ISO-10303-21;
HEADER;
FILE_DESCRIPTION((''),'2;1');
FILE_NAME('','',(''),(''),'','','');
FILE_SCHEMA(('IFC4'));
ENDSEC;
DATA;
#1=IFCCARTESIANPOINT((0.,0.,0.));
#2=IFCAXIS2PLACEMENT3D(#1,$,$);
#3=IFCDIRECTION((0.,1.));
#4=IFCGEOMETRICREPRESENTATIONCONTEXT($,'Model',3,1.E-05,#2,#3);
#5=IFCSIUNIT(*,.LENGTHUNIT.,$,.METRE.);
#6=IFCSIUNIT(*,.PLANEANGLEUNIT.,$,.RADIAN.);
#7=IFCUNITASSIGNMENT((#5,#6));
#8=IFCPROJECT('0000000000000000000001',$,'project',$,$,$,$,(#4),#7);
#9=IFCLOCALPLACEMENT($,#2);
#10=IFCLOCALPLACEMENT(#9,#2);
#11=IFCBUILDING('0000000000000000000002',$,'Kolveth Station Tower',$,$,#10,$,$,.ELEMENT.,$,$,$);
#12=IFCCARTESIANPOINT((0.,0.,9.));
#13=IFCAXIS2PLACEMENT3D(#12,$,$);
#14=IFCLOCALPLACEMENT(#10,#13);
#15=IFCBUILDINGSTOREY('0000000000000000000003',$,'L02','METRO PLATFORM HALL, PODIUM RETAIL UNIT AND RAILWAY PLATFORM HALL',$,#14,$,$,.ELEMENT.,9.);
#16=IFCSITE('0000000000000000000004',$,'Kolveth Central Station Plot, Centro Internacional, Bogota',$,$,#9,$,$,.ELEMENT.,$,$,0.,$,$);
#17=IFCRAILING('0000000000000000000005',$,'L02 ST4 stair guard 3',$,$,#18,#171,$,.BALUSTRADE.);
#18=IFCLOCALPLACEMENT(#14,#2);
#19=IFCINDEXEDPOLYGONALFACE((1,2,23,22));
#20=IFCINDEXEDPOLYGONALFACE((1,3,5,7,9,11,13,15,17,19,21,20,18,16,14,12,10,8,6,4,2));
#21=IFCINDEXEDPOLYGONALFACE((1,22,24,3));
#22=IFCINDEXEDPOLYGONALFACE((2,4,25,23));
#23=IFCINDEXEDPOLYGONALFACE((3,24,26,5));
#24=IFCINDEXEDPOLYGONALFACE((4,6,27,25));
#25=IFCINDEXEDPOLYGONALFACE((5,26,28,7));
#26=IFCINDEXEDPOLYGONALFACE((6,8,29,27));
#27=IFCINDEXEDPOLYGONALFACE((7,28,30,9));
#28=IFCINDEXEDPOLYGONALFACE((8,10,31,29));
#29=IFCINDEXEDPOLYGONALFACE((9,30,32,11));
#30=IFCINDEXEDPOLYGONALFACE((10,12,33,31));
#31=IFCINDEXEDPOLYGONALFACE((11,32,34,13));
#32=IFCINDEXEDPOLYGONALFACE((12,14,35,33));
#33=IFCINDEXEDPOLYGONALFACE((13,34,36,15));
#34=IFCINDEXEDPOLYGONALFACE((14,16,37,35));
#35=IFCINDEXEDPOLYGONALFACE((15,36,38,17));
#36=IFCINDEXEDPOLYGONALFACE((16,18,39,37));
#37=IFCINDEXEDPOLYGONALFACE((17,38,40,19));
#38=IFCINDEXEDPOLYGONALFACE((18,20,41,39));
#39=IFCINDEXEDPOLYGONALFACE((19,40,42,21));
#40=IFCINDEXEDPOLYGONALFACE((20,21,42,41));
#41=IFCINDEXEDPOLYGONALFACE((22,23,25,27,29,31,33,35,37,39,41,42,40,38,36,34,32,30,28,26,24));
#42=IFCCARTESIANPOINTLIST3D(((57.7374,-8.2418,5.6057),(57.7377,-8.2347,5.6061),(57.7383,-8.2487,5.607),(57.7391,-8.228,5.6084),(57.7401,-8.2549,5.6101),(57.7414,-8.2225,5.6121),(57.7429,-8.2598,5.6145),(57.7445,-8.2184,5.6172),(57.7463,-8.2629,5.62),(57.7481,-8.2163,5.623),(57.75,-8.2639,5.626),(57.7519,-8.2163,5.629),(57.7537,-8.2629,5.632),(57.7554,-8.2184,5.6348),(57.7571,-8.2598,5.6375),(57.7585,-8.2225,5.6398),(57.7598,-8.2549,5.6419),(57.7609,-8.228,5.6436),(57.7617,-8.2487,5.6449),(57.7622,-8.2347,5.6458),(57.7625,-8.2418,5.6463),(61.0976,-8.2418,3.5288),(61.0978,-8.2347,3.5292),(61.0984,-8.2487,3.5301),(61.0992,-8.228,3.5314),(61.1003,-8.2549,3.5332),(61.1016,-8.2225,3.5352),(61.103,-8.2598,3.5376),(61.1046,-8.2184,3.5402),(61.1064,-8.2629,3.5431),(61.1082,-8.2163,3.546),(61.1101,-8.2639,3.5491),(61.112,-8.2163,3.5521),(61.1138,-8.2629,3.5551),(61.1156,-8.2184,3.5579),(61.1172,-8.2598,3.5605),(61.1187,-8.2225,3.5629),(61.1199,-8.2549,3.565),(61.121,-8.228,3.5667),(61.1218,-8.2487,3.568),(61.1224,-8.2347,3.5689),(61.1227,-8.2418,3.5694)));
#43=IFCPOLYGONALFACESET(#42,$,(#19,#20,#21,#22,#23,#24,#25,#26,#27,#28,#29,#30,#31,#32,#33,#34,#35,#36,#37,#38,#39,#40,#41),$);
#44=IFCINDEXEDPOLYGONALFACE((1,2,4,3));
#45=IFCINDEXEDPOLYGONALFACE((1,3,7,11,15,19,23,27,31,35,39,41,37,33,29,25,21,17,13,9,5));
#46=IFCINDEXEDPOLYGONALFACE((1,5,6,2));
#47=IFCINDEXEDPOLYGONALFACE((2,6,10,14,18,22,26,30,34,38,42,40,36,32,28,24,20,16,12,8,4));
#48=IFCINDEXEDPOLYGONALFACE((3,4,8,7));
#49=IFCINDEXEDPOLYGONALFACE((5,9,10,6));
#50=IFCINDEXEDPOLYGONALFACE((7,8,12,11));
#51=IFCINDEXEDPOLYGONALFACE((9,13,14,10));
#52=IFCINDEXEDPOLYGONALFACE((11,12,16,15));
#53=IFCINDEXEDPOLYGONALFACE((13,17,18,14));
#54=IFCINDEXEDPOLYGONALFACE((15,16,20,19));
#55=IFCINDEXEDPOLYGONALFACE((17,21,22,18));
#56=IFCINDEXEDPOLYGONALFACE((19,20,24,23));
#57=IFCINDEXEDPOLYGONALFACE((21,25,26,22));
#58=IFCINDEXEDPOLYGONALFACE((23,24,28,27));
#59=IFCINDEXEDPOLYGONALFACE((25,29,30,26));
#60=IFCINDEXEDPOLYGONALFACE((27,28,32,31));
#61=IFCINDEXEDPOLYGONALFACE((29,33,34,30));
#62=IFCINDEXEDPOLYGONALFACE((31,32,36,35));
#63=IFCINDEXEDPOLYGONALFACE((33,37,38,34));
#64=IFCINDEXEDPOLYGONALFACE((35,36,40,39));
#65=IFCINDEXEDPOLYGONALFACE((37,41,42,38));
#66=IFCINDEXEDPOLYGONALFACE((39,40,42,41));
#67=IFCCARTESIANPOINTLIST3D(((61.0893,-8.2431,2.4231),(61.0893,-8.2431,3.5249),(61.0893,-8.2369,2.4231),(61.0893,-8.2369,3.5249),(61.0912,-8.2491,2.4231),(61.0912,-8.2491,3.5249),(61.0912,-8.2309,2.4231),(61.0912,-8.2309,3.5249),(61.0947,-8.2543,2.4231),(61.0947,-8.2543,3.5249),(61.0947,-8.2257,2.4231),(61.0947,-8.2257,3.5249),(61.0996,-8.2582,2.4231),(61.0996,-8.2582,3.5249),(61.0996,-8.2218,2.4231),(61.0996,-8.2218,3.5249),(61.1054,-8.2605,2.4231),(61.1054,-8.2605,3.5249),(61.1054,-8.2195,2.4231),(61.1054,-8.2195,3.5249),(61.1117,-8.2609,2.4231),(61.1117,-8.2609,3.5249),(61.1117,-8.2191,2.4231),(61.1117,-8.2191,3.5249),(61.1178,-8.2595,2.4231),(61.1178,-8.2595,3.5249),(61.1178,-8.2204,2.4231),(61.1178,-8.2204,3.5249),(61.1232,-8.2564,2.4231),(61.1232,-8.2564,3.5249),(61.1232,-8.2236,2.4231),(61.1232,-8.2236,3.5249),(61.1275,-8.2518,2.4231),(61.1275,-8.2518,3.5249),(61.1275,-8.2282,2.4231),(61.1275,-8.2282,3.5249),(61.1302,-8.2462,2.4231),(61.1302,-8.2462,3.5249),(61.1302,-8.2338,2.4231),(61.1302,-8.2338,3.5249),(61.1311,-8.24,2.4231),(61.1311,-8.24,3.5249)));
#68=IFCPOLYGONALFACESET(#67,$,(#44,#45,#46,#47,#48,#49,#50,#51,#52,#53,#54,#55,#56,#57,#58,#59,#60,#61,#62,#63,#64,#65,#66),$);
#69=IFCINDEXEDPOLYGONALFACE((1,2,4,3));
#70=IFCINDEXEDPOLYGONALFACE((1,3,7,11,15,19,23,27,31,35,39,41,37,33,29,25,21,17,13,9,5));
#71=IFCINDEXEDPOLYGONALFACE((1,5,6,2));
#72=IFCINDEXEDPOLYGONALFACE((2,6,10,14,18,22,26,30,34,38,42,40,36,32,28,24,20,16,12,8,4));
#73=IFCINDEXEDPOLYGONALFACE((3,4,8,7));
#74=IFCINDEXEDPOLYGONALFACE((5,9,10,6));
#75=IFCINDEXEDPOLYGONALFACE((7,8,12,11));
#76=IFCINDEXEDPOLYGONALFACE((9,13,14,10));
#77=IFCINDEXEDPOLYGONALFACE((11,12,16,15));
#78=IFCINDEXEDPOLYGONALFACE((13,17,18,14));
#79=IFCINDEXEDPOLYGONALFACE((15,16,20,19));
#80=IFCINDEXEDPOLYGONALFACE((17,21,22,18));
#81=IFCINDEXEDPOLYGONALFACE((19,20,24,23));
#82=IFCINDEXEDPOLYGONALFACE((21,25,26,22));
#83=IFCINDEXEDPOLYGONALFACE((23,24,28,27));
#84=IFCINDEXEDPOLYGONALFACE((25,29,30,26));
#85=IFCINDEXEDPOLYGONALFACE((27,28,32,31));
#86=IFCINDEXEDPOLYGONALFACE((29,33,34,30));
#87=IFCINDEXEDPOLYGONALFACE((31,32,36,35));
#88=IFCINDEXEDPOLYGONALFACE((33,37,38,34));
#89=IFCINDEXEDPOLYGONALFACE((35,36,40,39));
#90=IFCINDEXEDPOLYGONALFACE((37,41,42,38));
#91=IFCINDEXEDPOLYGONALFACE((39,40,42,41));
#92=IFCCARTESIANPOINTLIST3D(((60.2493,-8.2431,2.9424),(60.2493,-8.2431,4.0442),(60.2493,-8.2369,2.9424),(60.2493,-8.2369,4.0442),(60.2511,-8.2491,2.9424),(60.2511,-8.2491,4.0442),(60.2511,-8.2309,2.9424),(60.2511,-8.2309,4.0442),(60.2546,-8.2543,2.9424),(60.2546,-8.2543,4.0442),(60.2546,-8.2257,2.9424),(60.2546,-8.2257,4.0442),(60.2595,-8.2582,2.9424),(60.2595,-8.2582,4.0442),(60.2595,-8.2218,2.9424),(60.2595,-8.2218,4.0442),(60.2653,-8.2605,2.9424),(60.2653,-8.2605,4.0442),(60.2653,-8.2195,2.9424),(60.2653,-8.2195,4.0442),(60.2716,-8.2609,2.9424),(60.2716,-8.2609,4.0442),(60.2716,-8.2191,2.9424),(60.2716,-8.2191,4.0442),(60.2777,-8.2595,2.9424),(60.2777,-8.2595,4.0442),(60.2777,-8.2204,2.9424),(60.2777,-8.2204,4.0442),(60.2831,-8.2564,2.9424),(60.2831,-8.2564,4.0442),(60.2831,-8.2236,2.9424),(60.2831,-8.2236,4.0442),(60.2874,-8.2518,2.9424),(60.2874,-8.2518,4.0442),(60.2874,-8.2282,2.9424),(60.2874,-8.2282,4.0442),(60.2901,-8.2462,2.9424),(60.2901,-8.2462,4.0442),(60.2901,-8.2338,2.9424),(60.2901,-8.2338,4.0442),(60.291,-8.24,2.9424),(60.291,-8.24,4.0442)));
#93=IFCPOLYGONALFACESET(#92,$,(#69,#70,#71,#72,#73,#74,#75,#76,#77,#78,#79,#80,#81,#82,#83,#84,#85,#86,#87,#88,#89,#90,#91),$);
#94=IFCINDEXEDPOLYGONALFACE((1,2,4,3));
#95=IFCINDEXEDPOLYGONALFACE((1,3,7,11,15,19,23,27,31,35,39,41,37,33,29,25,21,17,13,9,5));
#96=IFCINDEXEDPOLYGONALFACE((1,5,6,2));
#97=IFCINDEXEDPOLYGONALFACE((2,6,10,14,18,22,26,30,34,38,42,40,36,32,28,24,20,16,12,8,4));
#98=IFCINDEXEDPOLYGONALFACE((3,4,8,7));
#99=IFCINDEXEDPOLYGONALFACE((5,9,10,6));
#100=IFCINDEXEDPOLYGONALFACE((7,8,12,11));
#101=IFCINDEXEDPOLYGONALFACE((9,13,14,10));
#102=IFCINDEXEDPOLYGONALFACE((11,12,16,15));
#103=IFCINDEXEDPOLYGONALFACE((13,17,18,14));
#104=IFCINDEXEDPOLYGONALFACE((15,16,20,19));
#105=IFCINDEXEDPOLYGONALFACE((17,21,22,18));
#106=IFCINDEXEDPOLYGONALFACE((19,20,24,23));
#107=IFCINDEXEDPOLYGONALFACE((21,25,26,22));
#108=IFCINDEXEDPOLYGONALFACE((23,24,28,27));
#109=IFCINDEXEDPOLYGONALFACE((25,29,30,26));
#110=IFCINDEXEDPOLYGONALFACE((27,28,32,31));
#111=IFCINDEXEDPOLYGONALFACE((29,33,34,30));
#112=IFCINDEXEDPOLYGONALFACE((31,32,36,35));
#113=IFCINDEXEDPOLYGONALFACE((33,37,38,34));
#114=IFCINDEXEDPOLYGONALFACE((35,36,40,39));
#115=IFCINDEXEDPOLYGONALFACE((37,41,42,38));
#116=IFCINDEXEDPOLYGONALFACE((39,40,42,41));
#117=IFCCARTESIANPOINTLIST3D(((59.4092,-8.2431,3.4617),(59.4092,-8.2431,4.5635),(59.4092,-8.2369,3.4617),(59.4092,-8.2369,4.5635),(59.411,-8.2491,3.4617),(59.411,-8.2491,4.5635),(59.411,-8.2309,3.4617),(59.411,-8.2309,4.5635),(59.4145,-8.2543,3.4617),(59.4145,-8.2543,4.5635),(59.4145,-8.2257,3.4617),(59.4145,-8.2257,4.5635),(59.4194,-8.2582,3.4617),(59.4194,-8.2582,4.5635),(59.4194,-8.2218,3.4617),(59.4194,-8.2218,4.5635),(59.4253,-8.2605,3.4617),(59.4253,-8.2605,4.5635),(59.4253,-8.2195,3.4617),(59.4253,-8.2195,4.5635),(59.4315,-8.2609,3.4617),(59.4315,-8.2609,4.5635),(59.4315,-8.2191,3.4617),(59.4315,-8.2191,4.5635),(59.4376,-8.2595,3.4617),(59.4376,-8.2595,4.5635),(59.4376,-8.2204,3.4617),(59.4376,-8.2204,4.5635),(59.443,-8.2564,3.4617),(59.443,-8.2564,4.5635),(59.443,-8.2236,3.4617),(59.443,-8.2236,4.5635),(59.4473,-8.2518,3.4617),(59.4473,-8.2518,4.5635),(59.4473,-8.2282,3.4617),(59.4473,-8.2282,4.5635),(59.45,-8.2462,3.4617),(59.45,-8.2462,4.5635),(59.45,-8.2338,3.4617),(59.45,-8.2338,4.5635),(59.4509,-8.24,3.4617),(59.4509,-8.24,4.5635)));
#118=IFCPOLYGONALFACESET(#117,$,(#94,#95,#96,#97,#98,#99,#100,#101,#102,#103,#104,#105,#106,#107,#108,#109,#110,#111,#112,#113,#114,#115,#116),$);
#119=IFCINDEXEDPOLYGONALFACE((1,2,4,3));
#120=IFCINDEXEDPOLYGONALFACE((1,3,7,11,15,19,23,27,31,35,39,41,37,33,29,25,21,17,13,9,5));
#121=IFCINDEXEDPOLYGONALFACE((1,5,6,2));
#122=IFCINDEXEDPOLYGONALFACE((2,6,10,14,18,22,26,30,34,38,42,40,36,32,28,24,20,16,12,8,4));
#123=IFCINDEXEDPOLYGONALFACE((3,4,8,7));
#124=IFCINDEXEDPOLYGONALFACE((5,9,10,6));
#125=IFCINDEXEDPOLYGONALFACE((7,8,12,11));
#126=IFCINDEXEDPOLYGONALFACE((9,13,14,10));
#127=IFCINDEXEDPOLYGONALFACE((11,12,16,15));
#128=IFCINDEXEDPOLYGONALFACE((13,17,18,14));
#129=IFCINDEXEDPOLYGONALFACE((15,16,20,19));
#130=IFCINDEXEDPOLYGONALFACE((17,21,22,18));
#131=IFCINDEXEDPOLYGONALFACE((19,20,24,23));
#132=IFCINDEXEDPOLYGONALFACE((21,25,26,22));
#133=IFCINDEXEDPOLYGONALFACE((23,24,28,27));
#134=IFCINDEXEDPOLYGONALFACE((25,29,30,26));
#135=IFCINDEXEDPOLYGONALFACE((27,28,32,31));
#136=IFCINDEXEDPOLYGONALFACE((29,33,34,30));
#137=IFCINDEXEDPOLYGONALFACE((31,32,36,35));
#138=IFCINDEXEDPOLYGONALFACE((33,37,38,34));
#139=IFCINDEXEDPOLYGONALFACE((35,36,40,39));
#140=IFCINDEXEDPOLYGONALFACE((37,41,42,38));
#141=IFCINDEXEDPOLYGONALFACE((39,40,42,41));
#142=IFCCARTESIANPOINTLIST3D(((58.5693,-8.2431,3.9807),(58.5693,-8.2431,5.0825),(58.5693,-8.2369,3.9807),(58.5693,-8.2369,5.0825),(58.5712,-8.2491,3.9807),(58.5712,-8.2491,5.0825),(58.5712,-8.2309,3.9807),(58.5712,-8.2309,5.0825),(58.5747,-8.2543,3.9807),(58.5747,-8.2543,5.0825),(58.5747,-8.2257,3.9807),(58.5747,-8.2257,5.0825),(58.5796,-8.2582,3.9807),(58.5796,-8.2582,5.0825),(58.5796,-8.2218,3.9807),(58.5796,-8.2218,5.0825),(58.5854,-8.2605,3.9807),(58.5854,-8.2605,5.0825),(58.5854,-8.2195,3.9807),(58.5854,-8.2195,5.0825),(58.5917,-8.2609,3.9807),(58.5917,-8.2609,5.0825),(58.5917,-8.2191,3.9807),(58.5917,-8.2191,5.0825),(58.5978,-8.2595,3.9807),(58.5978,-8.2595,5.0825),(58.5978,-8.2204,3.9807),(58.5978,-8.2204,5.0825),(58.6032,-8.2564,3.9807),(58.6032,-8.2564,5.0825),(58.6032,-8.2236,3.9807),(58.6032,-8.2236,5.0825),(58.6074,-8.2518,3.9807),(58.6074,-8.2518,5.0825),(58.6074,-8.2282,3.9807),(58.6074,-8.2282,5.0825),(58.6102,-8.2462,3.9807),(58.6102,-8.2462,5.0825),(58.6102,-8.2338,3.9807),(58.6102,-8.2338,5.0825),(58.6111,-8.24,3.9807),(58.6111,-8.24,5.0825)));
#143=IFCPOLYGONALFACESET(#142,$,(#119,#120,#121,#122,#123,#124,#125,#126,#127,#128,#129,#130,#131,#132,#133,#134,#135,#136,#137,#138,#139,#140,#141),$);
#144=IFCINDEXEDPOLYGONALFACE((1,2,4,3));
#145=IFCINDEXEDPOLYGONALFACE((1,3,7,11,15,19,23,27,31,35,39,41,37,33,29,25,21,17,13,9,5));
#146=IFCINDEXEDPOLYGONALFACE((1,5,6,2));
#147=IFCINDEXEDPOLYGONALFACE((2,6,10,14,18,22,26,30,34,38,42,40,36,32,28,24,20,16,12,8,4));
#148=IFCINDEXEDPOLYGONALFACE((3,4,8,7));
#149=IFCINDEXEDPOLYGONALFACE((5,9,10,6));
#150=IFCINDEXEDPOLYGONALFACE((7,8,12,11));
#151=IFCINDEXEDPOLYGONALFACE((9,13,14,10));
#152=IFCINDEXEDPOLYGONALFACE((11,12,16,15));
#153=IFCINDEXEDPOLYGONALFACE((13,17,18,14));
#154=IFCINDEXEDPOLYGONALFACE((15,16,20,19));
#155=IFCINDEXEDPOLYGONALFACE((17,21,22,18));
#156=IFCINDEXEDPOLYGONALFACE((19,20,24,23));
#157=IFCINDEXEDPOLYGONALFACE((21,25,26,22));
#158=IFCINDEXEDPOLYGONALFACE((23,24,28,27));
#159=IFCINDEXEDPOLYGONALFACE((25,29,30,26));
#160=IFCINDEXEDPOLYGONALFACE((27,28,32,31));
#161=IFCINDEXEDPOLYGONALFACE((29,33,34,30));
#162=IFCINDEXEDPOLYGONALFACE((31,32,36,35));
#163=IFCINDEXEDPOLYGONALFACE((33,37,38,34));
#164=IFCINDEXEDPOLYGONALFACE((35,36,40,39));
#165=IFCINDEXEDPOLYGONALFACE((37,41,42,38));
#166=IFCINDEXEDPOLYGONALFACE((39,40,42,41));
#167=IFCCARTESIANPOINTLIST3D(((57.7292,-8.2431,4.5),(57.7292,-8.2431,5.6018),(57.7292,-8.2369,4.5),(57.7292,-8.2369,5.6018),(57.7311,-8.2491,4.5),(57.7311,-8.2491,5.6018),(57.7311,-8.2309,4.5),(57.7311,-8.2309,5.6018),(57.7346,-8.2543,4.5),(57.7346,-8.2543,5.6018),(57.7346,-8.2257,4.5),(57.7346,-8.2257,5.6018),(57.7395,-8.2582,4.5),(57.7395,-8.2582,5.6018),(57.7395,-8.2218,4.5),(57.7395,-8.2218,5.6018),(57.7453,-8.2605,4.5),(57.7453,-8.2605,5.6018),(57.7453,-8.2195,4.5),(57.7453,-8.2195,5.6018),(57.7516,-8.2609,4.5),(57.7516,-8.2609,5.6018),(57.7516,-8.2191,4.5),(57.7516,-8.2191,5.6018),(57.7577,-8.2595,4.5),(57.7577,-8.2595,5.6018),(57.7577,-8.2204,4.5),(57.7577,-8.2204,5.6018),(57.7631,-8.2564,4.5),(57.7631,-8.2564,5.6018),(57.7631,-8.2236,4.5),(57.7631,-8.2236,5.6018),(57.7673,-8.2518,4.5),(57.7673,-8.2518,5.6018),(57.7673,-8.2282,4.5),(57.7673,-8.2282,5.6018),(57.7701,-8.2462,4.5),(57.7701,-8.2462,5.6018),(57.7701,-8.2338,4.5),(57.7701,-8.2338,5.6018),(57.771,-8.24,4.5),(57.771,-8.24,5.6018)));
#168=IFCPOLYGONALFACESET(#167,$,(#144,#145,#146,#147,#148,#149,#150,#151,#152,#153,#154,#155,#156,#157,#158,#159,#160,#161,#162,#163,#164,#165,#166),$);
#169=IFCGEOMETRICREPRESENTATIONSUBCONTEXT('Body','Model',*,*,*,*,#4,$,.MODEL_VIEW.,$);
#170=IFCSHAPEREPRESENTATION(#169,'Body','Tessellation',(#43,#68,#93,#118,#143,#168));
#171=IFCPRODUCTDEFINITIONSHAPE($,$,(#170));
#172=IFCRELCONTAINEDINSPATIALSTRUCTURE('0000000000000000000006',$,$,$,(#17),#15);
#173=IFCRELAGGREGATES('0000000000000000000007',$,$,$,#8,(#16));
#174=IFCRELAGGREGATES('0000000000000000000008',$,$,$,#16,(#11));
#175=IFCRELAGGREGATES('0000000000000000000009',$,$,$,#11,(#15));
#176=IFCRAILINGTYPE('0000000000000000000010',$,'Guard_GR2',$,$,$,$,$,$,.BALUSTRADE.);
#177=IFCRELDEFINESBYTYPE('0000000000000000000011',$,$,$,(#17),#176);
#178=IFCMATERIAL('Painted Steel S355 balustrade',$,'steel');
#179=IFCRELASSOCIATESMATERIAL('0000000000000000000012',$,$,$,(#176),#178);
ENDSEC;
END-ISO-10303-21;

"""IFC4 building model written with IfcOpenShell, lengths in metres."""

from ifc_helpers import new_model, si_unit, direction, frame, origin, origin_2d, place, context, subcontext, project, spatial, circle, extrude, material, type_object, element, save


model = new_model("IFC4")

# Units and contexts
model_context = context("Model", 3, precision=1e-05, world=origin(), true_north=direction((0.0, 1.0)))
body_context = subcontext(model_context, "Body", "Model", "MODEL_VIEW")
ifc_project = project(units=[si_unit("LENGTHUNIT", "METRE"), si_unit("PLANEANGLEUNIT", "RADIAN")], contexts=[model_context])

# Site, building, storey
site_placement = place(None, origin())
site = spatial("IfcSite", under=ifc_project, at=site_placement, Name="Kolveth Central Station Plot, Centro Internacional, Bogota", CompositionType="ELEMENT", RefElevation=0.0)
building_placement = place(site_placement, origin())
building = spatial("IfcBuilding", under=site, at=building_placement, Name="Kolveth Station Tower", CompositionType="ELEMENT")
storey_placement = place(building_placement, frame((0.0, 0.0, 9.0)))
storey = spatial("IfcBuildingStorey", under=building, at=storey_placement, Name="L02", Description="METRO PLATFORM HALL, PODIUM RETAIL UNIT AND RAILWAY PLATFORM HALL", CompositionType="ELEMENT", Elevation=9.0)

# Railing
ifc_material_1 = material(Name="Painted Steel S355 balustrade", Category="steel")
railing_type_1 = type_object("IfcRailingType", Name="Guard_GR2", PredefinedType="BALUSTRADE", material=ifc_material_1)
railing_1_placement = place(storey_placement, frame((61.1101, -8.24, 2.4231)))
element("IfcRailing", 1, at=railing_1_placement, inside=storey, type_object=railing_type_1, Name="L02 ST4 stair guard 3", PredefinedType="BALUSTRADE", context=body_context, shape_type="SweptSolid", body=[
    extrude(circle(Radius=0.0239, at=origin_2d()), frame((0.0, 0.0, 1.126), z_axis=(-0.850623, 0.0, 0.525776), x_axis=(0.0, -1.0, 0.0)), (0.0, 0.0, 1.0), 3.9502),
    extrude(circle(Radius=0.021, at=origin_2d()), origin(), (0.0, 0.0, 1.0), 1.1018),
    extrude(circle(Radius=0.021, at=origin_2d()), frame((-0.8401, 0.0, 0.5193)), (0.0, 0.0, 1.0), 1.1018),
    extrude(circle(Radius=0.021, at=origin_2d()), frame((-1.6802, 0.0, 1.0386)), (0.0, 0.0, 1.0), 1.1018),
    extrude(circle(Radius=0.021, at=origin_2d()), frame((-2.52, 0.0, 1.5576)), (0.0, 0.0, 1.0), 1.1018),
    extrude(circle(Radius=0.021, at=origin_2d()), frame((-3.3601, 0.0, 2.0769)), (0.0, 0.0, 1.0), 1.1018),
])

save(model, "model.ifc")
